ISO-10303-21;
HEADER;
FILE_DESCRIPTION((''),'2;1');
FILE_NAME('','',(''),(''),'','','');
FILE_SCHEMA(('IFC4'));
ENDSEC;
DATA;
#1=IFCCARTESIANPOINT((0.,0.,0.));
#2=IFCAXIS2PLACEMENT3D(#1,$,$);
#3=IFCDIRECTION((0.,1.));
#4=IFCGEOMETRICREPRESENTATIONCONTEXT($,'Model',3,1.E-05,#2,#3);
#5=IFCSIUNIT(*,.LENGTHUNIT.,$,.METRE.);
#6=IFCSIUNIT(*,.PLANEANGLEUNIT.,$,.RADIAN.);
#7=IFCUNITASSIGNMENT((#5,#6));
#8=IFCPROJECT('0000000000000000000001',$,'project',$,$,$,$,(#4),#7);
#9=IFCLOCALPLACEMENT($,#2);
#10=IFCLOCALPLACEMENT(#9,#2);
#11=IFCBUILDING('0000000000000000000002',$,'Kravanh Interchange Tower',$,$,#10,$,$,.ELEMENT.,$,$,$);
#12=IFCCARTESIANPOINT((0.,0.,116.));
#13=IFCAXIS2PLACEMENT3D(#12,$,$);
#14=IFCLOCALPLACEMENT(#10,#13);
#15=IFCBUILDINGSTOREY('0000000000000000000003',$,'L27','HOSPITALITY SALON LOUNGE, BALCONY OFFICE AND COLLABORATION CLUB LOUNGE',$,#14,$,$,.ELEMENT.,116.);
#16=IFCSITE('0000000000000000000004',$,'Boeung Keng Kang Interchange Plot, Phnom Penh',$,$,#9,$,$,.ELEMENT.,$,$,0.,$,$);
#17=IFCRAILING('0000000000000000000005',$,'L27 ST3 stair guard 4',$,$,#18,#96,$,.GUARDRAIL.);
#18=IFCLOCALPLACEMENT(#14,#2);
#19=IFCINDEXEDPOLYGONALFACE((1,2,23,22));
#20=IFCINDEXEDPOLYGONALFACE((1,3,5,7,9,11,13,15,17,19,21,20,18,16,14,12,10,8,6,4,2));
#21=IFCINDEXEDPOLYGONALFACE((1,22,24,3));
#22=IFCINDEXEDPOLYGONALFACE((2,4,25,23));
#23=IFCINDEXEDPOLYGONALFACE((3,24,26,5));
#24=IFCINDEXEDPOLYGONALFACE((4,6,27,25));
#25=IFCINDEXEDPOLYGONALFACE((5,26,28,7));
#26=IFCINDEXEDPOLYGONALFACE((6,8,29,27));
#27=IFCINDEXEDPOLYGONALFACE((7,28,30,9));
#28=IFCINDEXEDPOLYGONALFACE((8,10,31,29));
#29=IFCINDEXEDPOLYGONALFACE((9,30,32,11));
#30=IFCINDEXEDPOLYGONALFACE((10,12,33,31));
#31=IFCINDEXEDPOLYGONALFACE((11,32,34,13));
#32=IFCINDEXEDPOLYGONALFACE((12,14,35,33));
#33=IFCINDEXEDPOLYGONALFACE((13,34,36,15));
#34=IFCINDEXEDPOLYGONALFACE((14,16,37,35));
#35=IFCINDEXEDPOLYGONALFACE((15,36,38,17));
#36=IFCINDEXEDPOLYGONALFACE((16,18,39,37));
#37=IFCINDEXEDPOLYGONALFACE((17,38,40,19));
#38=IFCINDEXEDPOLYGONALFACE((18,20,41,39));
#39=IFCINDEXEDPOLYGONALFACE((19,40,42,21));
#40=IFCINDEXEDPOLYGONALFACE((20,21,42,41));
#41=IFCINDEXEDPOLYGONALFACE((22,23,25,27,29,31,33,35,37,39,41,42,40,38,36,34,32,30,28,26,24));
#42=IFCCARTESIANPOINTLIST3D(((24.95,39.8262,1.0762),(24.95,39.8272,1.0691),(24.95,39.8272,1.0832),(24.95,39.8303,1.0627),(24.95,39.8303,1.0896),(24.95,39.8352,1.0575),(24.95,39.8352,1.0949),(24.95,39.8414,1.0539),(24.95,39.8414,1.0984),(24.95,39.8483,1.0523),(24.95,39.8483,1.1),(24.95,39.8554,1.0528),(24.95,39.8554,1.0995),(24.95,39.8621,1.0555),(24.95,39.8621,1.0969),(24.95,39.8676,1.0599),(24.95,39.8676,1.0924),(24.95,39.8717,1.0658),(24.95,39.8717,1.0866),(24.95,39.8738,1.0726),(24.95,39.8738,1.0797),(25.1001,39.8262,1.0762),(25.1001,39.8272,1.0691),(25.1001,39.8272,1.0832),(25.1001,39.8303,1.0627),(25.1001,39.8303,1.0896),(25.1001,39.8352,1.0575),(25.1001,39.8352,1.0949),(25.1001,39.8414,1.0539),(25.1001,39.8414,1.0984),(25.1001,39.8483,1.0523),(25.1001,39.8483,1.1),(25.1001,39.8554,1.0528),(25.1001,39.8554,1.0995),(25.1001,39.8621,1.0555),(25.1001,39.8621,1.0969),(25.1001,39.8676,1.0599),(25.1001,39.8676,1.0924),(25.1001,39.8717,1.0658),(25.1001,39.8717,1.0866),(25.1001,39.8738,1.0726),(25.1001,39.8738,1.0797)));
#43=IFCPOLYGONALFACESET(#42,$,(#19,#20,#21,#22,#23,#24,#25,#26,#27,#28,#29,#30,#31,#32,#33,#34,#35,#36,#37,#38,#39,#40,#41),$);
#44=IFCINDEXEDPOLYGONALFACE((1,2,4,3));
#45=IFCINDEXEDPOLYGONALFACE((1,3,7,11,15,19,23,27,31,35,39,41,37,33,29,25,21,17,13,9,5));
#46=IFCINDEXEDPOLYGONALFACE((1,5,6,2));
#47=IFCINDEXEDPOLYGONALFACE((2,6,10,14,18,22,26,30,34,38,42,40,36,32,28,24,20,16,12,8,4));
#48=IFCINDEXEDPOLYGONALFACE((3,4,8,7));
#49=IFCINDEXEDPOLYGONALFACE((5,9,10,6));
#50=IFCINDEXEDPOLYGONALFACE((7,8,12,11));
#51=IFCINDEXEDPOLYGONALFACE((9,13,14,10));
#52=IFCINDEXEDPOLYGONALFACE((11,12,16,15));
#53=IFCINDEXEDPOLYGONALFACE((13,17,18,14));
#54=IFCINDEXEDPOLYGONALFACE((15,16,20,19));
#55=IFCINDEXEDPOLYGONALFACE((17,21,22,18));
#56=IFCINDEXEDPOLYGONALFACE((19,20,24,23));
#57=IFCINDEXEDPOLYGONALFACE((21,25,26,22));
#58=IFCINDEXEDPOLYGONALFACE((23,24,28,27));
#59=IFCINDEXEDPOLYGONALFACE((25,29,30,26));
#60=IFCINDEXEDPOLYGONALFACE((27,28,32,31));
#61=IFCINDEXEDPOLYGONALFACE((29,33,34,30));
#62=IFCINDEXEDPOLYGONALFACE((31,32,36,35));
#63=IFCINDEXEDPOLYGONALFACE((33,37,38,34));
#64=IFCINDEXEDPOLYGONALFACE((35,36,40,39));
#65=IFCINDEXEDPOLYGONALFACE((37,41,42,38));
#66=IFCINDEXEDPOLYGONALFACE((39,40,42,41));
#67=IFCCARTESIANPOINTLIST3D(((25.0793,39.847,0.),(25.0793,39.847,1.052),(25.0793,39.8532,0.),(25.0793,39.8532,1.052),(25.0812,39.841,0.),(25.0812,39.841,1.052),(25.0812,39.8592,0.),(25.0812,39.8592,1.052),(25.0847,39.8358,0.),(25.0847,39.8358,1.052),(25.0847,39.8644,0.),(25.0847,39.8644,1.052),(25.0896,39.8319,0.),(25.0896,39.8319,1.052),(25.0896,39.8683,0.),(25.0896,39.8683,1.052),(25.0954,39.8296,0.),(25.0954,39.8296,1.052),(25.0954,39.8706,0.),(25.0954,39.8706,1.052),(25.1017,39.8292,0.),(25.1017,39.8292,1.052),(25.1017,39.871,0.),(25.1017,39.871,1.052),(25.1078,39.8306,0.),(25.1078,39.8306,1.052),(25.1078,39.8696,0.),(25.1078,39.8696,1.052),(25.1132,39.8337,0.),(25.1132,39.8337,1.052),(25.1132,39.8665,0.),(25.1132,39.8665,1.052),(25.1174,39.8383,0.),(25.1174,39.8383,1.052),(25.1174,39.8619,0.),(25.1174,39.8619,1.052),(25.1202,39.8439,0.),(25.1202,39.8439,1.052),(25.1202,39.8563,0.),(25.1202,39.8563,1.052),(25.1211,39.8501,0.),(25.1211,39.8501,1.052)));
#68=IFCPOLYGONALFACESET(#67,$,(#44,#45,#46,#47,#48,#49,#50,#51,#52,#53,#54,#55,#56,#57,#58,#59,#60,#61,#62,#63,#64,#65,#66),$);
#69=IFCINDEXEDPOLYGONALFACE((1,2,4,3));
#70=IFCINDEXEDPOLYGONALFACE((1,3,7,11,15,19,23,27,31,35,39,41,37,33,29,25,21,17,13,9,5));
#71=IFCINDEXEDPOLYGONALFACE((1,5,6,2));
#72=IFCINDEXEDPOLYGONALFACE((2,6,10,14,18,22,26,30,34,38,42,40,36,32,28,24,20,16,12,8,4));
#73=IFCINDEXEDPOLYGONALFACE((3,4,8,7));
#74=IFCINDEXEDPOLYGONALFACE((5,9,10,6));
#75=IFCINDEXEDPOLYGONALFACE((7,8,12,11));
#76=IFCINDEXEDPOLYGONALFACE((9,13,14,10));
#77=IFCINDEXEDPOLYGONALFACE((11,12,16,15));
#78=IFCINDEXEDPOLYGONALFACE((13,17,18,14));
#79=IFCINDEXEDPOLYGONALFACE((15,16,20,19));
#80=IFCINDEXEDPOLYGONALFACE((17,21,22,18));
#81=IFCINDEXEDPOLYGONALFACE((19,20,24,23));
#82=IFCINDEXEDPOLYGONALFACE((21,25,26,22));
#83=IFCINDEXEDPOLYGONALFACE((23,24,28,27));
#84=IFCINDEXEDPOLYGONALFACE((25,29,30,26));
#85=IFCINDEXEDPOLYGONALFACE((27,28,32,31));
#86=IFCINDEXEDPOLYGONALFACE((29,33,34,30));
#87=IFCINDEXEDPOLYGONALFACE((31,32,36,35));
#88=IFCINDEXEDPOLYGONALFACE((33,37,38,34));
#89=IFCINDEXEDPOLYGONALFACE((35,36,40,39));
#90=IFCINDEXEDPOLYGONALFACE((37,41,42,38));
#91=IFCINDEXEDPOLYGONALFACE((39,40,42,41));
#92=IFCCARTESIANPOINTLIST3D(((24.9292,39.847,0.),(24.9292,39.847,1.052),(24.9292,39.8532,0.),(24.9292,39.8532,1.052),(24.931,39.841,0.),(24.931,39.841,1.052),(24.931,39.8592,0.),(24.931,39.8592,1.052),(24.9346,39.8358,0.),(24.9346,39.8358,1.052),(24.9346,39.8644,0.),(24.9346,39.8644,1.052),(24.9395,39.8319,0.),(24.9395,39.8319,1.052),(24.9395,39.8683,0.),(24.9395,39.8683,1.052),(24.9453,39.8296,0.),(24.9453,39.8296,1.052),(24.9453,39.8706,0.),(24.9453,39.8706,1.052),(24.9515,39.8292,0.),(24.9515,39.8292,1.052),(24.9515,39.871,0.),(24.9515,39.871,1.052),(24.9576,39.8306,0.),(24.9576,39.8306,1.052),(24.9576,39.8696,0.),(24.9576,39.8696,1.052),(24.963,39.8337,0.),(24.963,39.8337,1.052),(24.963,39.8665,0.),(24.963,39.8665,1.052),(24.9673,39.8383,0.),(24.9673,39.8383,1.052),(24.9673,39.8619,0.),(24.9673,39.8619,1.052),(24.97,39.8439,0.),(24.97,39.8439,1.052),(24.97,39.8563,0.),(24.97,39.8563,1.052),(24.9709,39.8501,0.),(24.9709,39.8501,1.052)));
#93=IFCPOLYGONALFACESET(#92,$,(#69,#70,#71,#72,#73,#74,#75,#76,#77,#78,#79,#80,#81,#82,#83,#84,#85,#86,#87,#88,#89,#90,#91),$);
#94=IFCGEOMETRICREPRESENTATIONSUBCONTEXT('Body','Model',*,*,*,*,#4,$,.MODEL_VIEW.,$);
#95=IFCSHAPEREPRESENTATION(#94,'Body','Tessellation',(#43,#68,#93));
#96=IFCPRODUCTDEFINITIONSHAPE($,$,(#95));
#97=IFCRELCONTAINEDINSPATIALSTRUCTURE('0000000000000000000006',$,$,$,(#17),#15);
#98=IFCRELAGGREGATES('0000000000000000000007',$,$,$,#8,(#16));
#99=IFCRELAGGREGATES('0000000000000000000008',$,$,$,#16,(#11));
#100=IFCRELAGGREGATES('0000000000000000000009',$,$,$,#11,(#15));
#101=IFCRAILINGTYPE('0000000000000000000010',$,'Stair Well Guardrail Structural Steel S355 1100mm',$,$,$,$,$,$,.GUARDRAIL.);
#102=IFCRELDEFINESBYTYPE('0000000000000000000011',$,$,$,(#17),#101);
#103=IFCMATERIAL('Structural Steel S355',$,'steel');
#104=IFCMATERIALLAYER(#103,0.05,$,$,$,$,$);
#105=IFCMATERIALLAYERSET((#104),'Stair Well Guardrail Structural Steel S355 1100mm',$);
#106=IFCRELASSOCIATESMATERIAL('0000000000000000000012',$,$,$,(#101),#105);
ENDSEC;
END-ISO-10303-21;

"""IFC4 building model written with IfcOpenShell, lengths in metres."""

from ifc_helpers import new_model, si_unit, direction, frame, origin, origin_2d, place, context, subcontext, project, spatial, circle, extrude, material, layer, layer_set, type_object, element, save


model = new_model("IFC4")

# Units and contexts
model_context = context("Model", 3, precision=1e-05, world=origin(), true_north=direction((0.0, 1.0)))
body_context = subcontext(model_context, "Body", "Model", "MODEL_VIEW")
ifc_project = project(units=[si_unit("LENGTHUNIT", "METRE"), si_unit("PLANEANGLEUNIT", "RADIAN")], contexts=[model_context])

# Site, building, storey
site_placement = place(None, origin())
site = spatial("IfcSite", under=ifc_project, at=site_placement, Name="Boeung Keng Kang Interchange Plot, Phnom Penh", CompositionType="ELEMENT", RefElevation=0.0)
building_placement = place(site_placement, origin())
building = spatial("IfcBuilding", under=site, at=building_placement, Name="Kravanh Interchange Tower", CompositionType="ELEMENT")
storey_placement = place(building_placement, frame((0.0, 0.0, 116.0)))
storey = spatial("IfcBuildingStorey", under=building, at=storey_placement, Name="L27", Description="HOSPITALITY SALON LOUNGE, BALCONY OFFICE AND COLLABORATION CLUB LOUNGE", CompositionType="ELEMENT", Elevation=116.0)

# Railing
ifc_material_1 = material(Name="Structural Steel S355", Category="steel")
ifc_layer_1 = layer(ifc_material_1, 0.05)
ifc_layer_set_1 = layer_set([ifc_layer_1], Name="Stair Well Guardrail Structural Steel S355 1100mm")
railing_type_1 = type_object("IfcRailingType", Name="Stair Well Guardrail Structural Steel S355 1100mm", PredefinedType="GUARDRAIL", material=ifc_layer_set_1)
railing_1_placement = place(storey_placement, frame((25.1001, 39.8501, 0.0)))
element("IfcRailing", 1, at=railing_1_placement, inside=storey, type_object=railing_type_1, Name="L27 ST3 stair guard 4", PredefinedType="GUARDRAIL", context=body_context, shape_type="SweptSolid", body=[
    extrude(circle(Radius=0.0239, at=origin_2d()), frame((0.0, 0.0, 1.0762), z_axis=(-1.0, 0.0, 0.0), x_axis=(0.0, -1.0, 0.0)), (0.0, 0.0, 1.0), 0.1501),
    extrude(circle(Radius=0.021, at=origin_2d()), origin(), (0.0, 0.0, 1.0), 1.052),
    extrude(circle(Radius=0.021, at=origin_2d()), frame((-0.1501, 0.0, 0.0)), (0.0, 0.0, 1.0), 1.052),
])

save(model, "model.ifc")
